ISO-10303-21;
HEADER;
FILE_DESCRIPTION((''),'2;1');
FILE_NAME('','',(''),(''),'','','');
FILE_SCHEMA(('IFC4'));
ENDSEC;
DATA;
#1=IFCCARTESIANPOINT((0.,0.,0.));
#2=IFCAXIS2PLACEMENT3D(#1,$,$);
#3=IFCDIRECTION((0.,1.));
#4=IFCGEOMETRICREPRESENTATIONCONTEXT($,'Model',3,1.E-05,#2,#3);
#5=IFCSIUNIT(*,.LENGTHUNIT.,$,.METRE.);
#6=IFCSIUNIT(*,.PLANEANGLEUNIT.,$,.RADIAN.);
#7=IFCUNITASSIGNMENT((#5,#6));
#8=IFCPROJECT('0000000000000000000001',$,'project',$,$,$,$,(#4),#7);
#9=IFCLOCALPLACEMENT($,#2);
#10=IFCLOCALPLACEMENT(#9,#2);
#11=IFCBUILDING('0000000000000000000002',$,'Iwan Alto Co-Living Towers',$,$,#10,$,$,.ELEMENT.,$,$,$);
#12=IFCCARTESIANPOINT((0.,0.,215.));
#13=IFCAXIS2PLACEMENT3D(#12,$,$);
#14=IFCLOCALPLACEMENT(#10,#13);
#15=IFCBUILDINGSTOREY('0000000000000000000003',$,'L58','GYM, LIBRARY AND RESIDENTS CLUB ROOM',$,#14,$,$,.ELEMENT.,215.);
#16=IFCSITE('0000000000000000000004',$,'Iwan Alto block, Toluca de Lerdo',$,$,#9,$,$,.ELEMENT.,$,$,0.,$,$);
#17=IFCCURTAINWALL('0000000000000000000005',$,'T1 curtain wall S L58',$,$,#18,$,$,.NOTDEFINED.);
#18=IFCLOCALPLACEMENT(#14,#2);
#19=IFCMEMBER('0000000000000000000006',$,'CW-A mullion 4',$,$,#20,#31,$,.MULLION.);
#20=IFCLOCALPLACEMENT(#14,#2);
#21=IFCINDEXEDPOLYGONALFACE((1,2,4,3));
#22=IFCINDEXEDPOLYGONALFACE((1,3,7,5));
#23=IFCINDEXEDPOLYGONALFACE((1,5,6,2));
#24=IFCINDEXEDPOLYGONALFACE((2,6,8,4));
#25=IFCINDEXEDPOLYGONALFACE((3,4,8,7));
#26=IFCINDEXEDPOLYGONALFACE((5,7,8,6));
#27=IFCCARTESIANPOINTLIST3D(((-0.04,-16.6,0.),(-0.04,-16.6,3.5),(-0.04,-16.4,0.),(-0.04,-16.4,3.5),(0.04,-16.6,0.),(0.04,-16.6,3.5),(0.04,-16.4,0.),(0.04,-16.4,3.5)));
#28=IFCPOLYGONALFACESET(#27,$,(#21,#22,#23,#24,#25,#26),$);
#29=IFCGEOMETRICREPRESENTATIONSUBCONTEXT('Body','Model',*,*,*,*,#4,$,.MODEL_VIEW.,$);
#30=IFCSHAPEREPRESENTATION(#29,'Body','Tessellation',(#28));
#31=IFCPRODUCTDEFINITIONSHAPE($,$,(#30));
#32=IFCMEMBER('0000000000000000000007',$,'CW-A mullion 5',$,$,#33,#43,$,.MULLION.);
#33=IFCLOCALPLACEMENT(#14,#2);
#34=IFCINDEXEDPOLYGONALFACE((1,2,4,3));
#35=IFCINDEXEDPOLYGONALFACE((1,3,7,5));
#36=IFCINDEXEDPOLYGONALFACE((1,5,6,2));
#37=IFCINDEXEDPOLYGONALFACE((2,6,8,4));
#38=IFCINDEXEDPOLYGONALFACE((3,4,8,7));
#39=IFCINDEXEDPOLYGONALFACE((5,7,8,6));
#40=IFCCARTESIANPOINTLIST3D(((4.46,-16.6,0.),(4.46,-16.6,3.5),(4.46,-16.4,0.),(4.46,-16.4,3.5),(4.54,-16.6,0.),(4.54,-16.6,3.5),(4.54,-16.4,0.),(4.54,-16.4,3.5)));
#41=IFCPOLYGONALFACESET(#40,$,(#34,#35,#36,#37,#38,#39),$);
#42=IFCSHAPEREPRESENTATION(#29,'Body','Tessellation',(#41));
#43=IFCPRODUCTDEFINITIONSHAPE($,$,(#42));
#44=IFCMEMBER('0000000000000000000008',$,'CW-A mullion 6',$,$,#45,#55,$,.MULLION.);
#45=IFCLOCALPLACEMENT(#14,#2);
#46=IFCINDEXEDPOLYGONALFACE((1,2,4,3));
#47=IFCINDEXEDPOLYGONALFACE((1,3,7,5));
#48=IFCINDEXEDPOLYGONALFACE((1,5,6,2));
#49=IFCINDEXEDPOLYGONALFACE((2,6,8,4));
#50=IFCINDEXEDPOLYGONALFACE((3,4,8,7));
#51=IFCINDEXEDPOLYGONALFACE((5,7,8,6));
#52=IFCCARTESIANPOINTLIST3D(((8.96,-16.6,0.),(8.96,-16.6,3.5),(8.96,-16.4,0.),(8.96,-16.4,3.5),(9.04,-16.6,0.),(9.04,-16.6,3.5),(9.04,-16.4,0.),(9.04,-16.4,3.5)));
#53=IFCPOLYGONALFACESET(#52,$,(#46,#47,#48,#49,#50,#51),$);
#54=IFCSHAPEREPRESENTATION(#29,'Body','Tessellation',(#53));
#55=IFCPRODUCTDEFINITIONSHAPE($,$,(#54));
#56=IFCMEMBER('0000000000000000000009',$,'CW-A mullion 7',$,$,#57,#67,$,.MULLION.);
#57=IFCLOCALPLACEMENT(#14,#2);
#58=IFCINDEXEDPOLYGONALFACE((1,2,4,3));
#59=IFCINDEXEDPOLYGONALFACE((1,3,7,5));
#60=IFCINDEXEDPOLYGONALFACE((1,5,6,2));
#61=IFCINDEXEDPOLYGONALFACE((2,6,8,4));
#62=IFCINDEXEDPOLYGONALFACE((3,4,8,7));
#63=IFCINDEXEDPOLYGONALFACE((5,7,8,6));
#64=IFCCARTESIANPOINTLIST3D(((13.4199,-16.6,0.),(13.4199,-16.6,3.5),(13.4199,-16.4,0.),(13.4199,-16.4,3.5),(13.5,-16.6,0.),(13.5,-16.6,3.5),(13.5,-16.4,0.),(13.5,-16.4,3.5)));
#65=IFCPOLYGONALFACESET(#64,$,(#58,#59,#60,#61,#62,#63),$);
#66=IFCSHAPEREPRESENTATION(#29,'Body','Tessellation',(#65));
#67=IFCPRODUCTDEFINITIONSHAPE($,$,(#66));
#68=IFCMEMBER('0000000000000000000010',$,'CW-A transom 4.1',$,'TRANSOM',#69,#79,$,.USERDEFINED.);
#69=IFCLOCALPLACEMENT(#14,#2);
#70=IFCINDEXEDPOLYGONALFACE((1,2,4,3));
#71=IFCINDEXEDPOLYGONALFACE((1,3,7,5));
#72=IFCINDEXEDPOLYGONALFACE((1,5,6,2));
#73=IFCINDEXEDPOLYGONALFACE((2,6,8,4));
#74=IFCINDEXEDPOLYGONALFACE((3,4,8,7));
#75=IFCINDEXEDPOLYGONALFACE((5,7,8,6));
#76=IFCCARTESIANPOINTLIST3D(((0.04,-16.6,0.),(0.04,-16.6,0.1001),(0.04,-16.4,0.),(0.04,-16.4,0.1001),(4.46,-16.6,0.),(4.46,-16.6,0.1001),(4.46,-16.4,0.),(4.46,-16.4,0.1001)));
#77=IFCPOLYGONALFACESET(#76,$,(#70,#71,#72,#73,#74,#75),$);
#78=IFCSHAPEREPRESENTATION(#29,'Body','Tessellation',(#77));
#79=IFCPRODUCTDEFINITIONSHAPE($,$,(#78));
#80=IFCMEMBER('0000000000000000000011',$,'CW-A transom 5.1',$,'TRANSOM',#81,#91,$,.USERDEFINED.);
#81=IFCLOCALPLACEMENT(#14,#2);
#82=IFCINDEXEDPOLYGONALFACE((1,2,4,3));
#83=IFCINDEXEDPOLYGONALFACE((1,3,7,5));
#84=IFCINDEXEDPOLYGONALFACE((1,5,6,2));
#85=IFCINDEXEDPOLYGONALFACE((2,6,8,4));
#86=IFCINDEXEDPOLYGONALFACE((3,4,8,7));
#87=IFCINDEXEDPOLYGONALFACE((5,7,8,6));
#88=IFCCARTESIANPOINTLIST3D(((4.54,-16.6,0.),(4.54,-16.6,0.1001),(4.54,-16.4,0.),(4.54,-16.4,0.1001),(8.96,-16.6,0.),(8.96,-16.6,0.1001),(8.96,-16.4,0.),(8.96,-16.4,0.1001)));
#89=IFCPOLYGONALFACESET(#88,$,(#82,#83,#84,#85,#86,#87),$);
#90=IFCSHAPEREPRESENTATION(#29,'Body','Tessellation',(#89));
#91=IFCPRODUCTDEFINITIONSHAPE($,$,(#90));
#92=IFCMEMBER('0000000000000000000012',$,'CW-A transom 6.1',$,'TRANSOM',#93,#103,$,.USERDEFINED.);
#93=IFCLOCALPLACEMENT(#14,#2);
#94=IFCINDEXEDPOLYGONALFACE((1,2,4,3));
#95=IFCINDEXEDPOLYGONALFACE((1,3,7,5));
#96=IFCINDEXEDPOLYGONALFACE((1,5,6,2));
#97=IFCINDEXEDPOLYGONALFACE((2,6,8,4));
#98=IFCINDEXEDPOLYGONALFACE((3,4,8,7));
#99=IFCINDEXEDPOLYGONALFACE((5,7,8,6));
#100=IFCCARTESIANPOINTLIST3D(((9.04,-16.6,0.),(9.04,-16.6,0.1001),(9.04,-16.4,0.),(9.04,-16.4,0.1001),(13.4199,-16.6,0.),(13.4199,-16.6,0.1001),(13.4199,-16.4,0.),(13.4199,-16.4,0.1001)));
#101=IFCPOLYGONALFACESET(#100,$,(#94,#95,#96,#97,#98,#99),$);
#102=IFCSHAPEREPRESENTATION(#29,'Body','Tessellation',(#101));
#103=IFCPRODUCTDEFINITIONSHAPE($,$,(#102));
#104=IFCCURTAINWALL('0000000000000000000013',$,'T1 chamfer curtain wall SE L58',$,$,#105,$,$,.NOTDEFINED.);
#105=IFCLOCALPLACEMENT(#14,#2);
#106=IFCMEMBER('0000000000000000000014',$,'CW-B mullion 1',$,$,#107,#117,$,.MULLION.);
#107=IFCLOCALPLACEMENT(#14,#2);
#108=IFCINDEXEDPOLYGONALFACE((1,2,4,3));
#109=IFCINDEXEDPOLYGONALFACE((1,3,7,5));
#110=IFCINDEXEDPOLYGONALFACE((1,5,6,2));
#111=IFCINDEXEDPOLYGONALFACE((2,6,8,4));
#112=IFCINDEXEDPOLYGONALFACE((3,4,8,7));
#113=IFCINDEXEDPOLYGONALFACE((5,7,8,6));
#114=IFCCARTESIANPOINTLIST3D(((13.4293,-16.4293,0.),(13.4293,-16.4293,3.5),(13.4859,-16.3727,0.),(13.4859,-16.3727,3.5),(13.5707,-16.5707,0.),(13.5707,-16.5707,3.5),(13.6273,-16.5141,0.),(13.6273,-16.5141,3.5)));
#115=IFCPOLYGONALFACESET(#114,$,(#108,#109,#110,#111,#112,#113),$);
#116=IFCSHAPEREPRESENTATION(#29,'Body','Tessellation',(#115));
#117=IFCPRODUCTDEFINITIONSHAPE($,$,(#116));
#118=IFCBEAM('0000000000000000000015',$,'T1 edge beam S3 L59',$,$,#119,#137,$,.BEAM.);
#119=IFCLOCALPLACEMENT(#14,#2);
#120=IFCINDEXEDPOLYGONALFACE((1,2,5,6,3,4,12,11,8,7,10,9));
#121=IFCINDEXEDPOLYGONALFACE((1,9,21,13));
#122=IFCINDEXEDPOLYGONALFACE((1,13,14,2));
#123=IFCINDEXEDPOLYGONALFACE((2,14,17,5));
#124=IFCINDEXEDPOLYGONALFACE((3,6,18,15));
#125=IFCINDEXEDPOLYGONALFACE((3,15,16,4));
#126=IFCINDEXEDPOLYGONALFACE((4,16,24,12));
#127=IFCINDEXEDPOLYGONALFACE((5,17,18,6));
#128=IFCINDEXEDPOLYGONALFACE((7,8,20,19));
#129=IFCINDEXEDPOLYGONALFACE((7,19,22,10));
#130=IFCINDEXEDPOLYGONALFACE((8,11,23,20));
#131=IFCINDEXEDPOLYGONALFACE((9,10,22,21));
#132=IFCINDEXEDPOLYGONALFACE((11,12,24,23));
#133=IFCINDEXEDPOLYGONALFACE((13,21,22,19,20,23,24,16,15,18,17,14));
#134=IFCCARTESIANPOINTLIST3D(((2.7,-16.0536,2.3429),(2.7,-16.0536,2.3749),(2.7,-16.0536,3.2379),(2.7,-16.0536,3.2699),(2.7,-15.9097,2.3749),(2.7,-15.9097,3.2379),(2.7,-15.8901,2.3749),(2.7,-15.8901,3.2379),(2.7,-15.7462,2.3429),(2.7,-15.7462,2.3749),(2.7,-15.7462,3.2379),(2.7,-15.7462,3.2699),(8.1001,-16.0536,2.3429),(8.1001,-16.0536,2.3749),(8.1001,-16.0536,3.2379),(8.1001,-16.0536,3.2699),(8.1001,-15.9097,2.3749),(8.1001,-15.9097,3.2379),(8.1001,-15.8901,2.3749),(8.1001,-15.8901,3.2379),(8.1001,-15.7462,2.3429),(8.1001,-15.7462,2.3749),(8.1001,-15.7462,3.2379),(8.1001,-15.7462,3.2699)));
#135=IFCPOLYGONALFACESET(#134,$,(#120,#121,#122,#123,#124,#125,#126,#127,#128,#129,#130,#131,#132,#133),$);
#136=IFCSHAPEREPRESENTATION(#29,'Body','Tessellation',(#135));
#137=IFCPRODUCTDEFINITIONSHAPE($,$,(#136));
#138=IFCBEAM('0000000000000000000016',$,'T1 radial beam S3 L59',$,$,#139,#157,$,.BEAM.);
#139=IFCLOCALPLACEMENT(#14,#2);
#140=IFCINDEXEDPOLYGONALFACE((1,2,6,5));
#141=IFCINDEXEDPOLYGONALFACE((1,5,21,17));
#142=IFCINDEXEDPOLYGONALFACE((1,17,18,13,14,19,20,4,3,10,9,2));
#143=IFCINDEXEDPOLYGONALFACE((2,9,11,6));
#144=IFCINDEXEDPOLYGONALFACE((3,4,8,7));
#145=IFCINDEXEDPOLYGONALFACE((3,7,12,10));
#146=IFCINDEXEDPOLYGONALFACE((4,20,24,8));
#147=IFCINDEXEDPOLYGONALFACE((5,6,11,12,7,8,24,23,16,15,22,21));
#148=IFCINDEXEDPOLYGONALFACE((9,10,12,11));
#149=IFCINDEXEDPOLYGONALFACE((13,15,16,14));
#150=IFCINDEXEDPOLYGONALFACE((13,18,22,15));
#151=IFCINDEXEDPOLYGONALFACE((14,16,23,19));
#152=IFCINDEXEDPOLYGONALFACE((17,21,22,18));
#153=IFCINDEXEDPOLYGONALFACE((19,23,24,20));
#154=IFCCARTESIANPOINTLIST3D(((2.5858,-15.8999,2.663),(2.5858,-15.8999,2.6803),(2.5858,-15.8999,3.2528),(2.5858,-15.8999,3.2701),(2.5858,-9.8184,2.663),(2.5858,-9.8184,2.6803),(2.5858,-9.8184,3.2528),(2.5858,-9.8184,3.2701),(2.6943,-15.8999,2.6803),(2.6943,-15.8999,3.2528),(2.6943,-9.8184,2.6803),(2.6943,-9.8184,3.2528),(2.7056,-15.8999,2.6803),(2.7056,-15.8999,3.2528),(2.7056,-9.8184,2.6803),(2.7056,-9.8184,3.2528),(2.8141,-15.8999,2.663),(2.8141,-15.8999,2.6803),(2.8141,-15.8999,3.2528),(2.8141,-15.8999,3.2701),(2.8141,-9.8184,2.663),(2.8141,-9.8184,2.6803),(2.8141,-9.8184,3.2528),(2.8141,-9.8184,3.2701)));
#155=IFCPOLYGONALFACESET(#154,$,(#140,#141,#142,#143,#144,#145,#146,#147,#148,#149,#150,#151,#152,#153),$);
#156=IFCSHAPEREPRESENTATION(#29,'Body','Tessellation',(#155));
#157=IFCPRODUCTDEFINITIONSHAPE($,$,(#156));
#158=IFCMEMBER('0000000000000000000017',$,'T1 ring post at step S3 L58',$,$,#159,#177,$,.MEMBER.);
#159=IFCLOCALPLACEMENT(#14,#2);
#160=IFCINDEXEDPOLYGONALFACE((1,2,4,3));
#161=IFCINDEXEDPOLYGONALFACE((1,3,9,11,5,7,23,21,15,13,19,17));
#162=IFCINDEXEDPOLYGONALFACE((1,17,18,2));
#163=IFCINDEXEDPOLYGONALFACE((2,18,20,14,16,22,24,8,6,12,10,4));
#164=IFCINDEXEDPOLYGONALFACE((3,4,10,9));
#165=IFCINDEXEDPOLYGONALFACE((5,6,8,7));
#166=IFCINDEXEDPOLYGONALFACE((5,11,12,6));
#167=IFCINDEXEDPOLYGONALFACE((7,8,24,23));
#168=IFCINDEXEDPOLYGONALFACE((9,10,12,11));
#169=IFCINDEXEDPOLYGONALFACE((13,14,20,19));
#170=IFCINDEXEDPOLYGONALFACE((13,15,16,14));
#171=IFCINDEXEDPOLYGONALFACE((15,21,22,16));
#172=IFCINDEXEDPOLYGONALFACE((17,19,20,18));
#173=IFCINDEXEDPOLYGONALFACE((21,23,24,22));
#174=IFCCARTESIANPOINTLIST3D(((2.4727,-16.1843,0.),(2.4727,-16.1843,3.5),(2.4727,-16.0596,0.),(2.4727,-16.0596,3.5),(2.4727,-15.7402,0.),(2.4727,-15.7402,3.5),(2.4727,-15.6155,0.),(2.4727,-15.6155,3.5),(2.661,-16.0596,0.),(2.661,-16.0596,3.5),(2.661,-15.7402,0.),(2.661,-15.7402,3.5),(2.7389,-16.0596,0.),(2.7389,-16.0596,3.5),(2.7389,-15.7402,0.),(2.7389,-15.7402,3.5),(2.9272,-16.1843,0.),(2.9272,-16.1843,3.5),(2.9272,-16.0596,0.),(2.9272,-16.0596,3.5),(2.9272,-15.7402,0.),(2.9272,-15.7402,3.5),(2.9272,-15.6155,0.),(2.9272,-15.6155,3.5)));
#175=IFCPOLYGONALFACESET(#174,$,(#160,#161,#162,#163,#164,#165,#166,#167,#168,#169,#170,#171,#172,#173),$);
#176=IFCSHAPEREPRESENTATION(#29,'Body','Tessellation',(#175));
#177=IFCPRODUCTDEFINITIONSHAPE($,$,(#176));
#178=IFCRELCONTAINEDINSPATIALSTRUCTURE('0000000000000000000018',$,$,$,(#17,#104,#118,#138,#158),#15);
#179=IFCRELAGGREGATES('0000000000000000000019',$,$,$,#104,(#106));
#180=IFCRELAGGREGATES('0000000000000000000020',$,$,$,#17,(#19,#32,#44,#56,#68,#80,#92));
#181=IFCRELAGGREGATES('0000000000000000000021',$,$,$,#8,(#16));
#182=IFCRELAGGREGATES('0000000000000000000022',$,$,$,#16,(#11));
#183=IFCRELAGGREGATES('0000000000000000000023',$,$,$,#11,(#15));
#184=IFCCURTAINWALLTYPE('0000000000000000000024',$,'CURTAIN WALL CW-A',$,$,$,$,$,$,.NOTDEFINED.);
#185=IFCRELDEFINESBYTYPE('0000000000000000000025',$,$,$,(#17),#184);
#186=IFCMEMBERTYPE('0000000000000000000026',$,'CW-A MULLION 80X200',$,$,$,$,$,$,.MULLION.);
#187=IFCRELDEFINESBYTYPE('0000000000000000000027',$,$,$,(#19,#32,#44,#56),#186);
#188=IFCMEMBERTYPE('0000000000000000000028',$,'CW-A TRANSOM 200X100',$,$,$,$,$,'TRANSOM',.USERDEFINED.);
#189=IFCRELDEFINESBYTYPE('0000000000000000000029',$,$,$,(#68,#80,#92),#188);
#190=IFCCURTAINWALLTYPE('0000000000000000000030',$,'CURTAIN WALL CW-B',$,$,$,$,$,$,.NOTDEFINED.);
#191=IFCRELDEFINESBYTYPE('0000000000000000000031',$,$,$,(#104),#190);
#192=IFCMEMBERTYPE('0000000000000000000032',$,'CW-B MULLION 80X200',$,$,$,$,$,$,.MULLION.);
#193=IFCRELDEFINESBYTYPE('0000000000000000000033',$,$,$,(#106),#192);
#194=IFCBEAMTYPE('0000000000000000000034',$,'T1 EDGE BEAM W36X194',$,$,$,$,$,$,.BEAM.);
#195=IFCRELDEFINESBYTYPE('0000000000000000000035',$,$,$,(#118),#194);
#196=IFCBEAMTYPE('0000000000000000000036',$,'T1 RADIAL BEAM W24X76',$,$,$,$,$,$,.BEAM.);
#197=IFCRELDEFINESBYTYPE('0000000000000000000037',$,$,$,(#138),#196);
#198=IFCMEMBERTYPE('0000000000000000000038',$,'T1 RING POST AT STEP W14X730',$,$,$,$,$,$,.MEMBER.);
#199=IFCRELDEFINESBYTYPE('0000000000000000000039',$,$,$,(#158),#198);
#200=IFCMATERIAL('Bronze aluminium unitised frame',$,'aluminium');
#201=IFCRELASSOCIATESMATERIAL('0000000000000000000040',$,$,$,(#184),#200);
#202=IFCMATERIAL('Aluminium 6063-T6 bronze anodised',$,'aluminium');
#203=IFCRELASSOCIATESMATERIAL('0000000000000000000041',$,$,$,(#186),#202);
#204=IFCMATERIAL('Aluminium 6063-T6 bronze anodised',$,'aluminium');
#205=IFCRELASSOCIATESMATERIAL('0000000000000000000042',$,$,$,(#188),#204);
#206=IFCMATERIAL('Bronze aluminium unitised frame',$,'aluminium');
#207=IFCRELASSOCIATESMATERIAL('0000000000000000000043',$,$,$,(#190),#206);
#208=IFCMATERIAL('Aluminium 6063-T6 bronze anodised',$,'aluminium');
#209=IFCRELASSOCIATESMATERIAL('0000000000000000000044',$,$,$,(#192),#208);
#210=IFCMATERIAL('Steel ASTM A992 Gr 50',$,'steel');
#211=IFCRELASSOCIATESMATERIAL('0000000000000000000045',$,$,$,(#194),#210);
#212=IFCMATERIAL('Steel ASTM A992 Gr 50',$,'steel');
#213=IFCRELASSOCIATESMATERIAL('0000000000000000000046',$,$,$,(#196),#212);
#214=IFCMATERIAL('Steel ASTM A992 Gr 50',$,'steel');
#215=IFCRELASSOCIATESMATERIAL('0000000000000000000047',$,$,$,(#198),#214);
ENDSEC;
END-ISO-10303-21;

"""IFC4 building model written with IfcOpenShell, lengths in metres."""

from ifc_helpers import new_model, si_unit, direction, frame, origin, origin_2d, place, context, subcontext, project, spatial, rectangle, i_section, extrude, material, material_profile, profile_set, type_object, element, aggregate, save


model = new_model("IFC4")

# Units and contexts
model_context = context("Model", 3, precision=1e-05, world=origin(), true_north=direction((0.0, 1.0)))
body_context = subcontext(model_context, "Body", "Model", "MODEL_VIEW")
ifc_project = project(units=[si_unit("LENGTHUNIT", "METRE"), si_unit("PLANEANGLEUNIT", "RADIAN")], contexts=[model_context])

# Site, building, storey
site_placement = place(None, origin())
site = spatial("IfcSite", under=ifc_project, at=site_placement, Name="Iwan Alto block, Toluca de Lerdo", CompositionType="ELEMENT", RefElevation=0.0)
building_placement = place(site_placement, origin())
building = spatial("IfcBuilding", under=site, at=building_placement, Name="Iwan Alto Co-Living Towers", CompositionType="ELEMENT")
storey_placement = place(building_placement, frame((0.0, 0.0, 215.0)))
storey = spatial("IfcBuildingStorey", under=building, at=storey_placement, Name="L58", Description="GYM, LIBRARY AND RESIDENTS CLUB ROOM", CompositionType="ELEMENT", Elevation=215.0)

# Curtain wall, members
ifc_material_1 = material(Name="Bronze aluminium unitised frame", Category="aluminium")
curtain_wall_type_1 = type_object("IfcCurtainWallType", Name="CURTAIN WALL CW-A", PredefinedType="NOTDEFINED", material=ifc_material_1)
curtain_wall_1_placement = place(storey_placement, origin())
curtain_wall_1 = element("IfcCurtainWall", 1, at=curtain_wall_1_placement, inside=storey, type_object=curtain_wall_type_1, Name="T1 curtain wall S L58", PredefinedType="NOTDEFINED")
ifc_material_2 = material(Name="Aluminium 6063-T6 bronze anodised", Category="aluminium")
ifc_material_profile_1 = material_profile(ifc_material_2, rectangle(XDim=0.2, YDim=0.0801, at=origin_2d()), Name="AL 80X200")
ifc_profile_set_1 = profile_set([ifc_material_profile_1], Name="Aluminium 6063-T6 bronze anodised")
member_type_1 = type_object("IfcMemberType", Name="CW-A MULLION 80X200", PredefinedType="MULLION", material=ifc_profile_set_1)
member_1_placement = place(storey_placement, frame((0.0, -16.5, 0.0), z_axis=(0.0, 0.0, 1.0), x_axis=(0.0, 1.0, 0.0)))
member_1 = element("IfcMember", 2, at=member_1_placement, type_object=member_type_1, Name="CW-A mullion 4", PredefinedType="MULLION", context=body_context, shape_type="SweptSolid", body=[
    extrude(rectangle(XDim=0.2, YDim=0.0801, at=origin_2d()), origin(), (0.0, 0.0, 1.0), 3.5),
])
member_2_placement = place(storey_placement, frame((4.5, -16.5, 0.0), z_axis=(0.0, 0.0, 1.0), x_axis=(0.0, 1.0, 0.0)))
member_2 = element("IfcMember", 3, at=member_2_placement, type_object=member_type_1, Name="CW-A mullion 5", PredefinedType="MULLION", context=body_context, shape_type="SweptSolid", body=[
    extrude(rectangle(XDim=0.2, YDim=0.0801, at=origin_2d()), origin(), (0.0, 0.0, 1.0), 3.5),
])
member_3_placement = place(storey_placement, frame((9.0, -16.5, 0.0), z_axis=(0.0, 0.0, 1.0), x_axis=(0.0, 1.0, 0.0)))
member_3 = element("IfcMember", 4, at=member_3_placement, type_object=member_type_1, Name="CW-A mullion 6", PredefinedType="MULLION", context=body_context, shape_type="SweptSolid", body=[
    extrude(rectangle(XDim=0.2, YDim=0.0801, at=origin_2d()), origin(), (0.0, 0.0, 1.0), 3.5),
])
member_4_placement = place(storey_placement, frame((13.46, -16.5, 0.0), z_axis=(0.0, 0.0, 1.0), x_axis=(0.0, 1.0, 0.0)))
member_4 = element("IfcMember", 5, at=member_4_placement, type_object=member_type_1, Name="CW-A mullion 7", PredefinedType="MULLION", context=body_context, shape_type="SweptSolid", body=[
    extrude(rectangle(XDim=0.2, YDim=0.0801, at=origin_2d()), origin(), (0.0, 0.0, 1.0), 3.5),
])
ifc_material_3 = material(Name="Aluminium 6063-T6 bronze anodised", Category="aluminium")
ifc_material_profile_2 = material_profile(ifc_material_3, rectangle(XDim=0.2, YDim=0.1001, at=origin_2d()), Name="AL 200X100")
ifc_profile_set_2 = profile_set([ifc_material_profile_2], Name="Aluminium 6063-T6 bronze anodised")
member_type_2 = type_object("IfcMemberType", Name="CW-A TRANSOM 200X100", ElementType="TRANSOM", PredefinedType="USERDEFINED", material=ifc_profile_set_2)
member_5_placement = place(storey_placement, frame((0.04, -16.5, 0.05), z_axis=(1.0, 0.0, 0.0), x_axis=(0.0, 1.0, 0.0)))
member_5 = element("IfcMember", 6, at=member_5_placement, type_object=member_type_2, Name="CW-A transom 4.1", ObjectType="TRANSOM", PredefinedType="USERDEFINED", context=body_context, shape_type="SweptSolid", body=[
    extrude(rectangle(XDim=0.2, YDim=0.1001, at=origin_2d()), origin(), (0.0, 0.0, 1.0), 4.4199),
])
member_6_placement = place(storey_placement, frame((4.54, -16.5, 0.05), z_axis=(1.0, 0.0, 0.0), x_axis=(0.0, 1.0, 0.0)))
member_6 = element("IfcMember", 7, at=member_6_placement, type_object=member_type_2, Name="CW-A transom 5.1", ObjectType="TRANSOM", PredefinedType="USERDEFINED", context=body_context, shape_type="SweptSolid", body=[
    extrude(rectangle(XDim=0.2, YDim=0.1001, at=origin_2d()), origin(), (0.0, 0.0, 1.0), 4.4199),
])
member_7_placement = place(storey_placement, frame((9.04, -16.5, 0.05), z_axis=(1.0, 0.0, 0.0), x_axis=(0.0, 1.0, 0.0)))
member_7 = element("IfcMember", 8, at=member_7_placement, type_object=member_type_2, Name="CW-A transom 6.1", ObjectType="TRANSOM", PredefinedType="USERDEFINED", context=body_context, shape_type="SweptSolid", body=[
    extrude(rectangle(XDim=0.2, YDim=0.1001, at=origin_2d()), origin(), (0.0, 0.0, 1.0), 4.3799),
])

# Curtain wall, member
ifc_material_4 = material(Name="Bronze aluminium unitised frame", Category="aluminium")
curtain_wall_type_2 = type_object("IfcCurtainWallType", Name="CURTAIN WALL CW-B", PredefinedType="NOTDEFINED", material=ifc_material_4)
curtain_wall_2_placement = place(storey_placement, origin())
curtain_wall_2 = element("IfcCurtainWall", 9, at=curtain_wall_2_placement, inside=storey, type_object=curtain_wall_type_2, Name="T1 chamfer curtain wall SE L58", PredefinedType="NOTDEFINED")
ifc_material_5 = material(Name="Aluminium 6063-T6 bronze anodised", Category="aluminium")
ifc_material_profile_3 = material_profile(ifc_material_5, rectangle(XDim=0.2, YDim=0.0801, at=origin_2d()), Name="AL 80X200")
ifc_profile_set_3 = profile_set([ifc_material_profile_3], Name="Aluminium 6063-T6 bronze anodised")
member_type_3 = type_object("IfcMemberType", Name="CW-B MULLION 80X200", PredefinedType="MULLION", material=ifc_profile_set_3)
member_8_placement = place(storey_placement, frame((13.5283, -16.4717, 0.0), z_axis=(0.0, 0.0, 1.0), x_axis=(-0.707107, 0.707107, 0.0)))
member_8 = element("IfcMember", 10, at=member_8_placement, type_object=member_type_3, Name="CW-B mullion 1", PredefinedType="MULLION", context=body_context, shape_type="SweptSolid", body=[
    extrude(rectangle(XDim=0.2, YDim=0.0801, at=origin_2d()), origin(), (0.0, 0.0, 1.0), 3.5),
])
aggregate(curtain_wall_2, [member_8])

# Beams
ifc_material_6 = material(Name="Steel ASTM A992 Gr 50", Category="steel")
ifc_material_profile_4 = material_profile(ifc_material_6, i_section(OverallWidth=0.3074, OverallDepth=0.927, WebThickness=0.0195, FlangeThickness=0.032, at=origin_2d()), Name="W36X194")
ifc_profile_set_4 = profile_set([ifc_material_profile_4], Name="Steel ASTM A992 Gr 50")
beam_type_1 = type_object("IfcBeamType", Name="T1 EDGE BEAM W36X194", PredefinedType="BEAM", material=ifc_profile_set_4)
beam_1_placement = place(storey_placement, frame((2.7, -15.8999, 2.8064), z_axis=(1.0, 0.0, 0.0), x_axis=(0.0, 1.0, 0.0)))
element("IfcBeam", 11, at=beam_1_placement, inside=storey, type_object=beam_type_1, Name="T1 edge beam S3 L59", PredefinedType="BEAM", context=body_context, shape_type="SweptSolid", body=[
    extrude(i_section(OverallWidth=0.3074, OverallDepth=0.927, WebThickness=0.0195, FlangeThickness=0.032, at=origin_2d()), origin(), (0.0, 0.0, 1.0), 5.4001),
])
ifc_material_7 = material(Name="Steel ASTM A992 Gr 50", Category="steel")
ifc_material_profile_5 = material_profile(ifc_material_7, i_section(OverallWidth=0.2283, OverallDepth=0.6072, WebThickness=0.0112, FlangeThickness=0.0173, at=origin_2d()), Name="W24X76")
ifc_profile_set_5 = profile_set([ifc_material_profile_5], Name="Steel ASTM A992 Gr 50")
beam_type_2 = type_object("IfcBeamType", Name="T1 RADIAL BEAM W24X76", PredefinedType="BEAM", material=ifc_profile_set_5)
beam_2_placement = place(storey_placement, frame((2.7, -15.8999, 2.9666), z_axis=(0.0, 1.0, 0.0), x_axis=(-1.0, 0.0, 0.0)))
element("IfcBeam", 12, at=beam_2_placement, inside=storey, type_object=beam_type_2, Name="T1 radial beam S3 L59", PredefinedType="BEAM", context=body_context, shape_type="SweptSolid", body=[
    extrude(i_section(OverallWidth=0.2283, OverallDepth=0.6072, WebThickness=0.0112, FlangeThickness=0.0173, at=origin_2d()), origin(), (0.0, 0.0, 1.0), 6.0815),
])

# Member
ifc_material_8 = material(Name="Steel ASTM A992 Gr 50", Category="steel")
ifc_material_profile_6 = material_profile(ifc_material_8, i_section(OverallWidth=0.4546, OverallDepth=0.5688, WebThickness=0.0779, FlangeThickness=0.1248, at=origin_2d()), Name="W14X730")
ifc_profile_set_6 = profile_set([ifc_material_profile_6], Name="Steel ASTM A992 Gr 50")
member_type_4 = type_object("IfcMemberType", Name="T1 RING POST AT STEP W14X730", PredefinedType="MEMBER", material=ifc_profile_set_6)
member_9_placement = place(storey_placement, frame((2.7, -15.8999, 0.0), z_axis=(0.0, 0.0, 1.0), x_axis=(1.0, 0.0, 0.0)))
element("IfcMember", 13, at=member_9_placement, inside=storey, type_object=member_type_4, Name="T1 ring post at step S3 L58", PredefinedType="MEMBER", context=body_context, shape_type="SweptSolid", body=[
    extrude(i_section(OverallWidth=0.4546, OverallDepth=0.5688, WebThickness=0.0779, FlangeThickness=0.1248, at=origin_2d()), origin(), (0.0, 0.0, 1.0), 3.5),
])

aggregate(curtain_wall_1, [member_1, member_2, member_3, member_4, member_5, member_6, member_7])

save(model, "model.ifc")
